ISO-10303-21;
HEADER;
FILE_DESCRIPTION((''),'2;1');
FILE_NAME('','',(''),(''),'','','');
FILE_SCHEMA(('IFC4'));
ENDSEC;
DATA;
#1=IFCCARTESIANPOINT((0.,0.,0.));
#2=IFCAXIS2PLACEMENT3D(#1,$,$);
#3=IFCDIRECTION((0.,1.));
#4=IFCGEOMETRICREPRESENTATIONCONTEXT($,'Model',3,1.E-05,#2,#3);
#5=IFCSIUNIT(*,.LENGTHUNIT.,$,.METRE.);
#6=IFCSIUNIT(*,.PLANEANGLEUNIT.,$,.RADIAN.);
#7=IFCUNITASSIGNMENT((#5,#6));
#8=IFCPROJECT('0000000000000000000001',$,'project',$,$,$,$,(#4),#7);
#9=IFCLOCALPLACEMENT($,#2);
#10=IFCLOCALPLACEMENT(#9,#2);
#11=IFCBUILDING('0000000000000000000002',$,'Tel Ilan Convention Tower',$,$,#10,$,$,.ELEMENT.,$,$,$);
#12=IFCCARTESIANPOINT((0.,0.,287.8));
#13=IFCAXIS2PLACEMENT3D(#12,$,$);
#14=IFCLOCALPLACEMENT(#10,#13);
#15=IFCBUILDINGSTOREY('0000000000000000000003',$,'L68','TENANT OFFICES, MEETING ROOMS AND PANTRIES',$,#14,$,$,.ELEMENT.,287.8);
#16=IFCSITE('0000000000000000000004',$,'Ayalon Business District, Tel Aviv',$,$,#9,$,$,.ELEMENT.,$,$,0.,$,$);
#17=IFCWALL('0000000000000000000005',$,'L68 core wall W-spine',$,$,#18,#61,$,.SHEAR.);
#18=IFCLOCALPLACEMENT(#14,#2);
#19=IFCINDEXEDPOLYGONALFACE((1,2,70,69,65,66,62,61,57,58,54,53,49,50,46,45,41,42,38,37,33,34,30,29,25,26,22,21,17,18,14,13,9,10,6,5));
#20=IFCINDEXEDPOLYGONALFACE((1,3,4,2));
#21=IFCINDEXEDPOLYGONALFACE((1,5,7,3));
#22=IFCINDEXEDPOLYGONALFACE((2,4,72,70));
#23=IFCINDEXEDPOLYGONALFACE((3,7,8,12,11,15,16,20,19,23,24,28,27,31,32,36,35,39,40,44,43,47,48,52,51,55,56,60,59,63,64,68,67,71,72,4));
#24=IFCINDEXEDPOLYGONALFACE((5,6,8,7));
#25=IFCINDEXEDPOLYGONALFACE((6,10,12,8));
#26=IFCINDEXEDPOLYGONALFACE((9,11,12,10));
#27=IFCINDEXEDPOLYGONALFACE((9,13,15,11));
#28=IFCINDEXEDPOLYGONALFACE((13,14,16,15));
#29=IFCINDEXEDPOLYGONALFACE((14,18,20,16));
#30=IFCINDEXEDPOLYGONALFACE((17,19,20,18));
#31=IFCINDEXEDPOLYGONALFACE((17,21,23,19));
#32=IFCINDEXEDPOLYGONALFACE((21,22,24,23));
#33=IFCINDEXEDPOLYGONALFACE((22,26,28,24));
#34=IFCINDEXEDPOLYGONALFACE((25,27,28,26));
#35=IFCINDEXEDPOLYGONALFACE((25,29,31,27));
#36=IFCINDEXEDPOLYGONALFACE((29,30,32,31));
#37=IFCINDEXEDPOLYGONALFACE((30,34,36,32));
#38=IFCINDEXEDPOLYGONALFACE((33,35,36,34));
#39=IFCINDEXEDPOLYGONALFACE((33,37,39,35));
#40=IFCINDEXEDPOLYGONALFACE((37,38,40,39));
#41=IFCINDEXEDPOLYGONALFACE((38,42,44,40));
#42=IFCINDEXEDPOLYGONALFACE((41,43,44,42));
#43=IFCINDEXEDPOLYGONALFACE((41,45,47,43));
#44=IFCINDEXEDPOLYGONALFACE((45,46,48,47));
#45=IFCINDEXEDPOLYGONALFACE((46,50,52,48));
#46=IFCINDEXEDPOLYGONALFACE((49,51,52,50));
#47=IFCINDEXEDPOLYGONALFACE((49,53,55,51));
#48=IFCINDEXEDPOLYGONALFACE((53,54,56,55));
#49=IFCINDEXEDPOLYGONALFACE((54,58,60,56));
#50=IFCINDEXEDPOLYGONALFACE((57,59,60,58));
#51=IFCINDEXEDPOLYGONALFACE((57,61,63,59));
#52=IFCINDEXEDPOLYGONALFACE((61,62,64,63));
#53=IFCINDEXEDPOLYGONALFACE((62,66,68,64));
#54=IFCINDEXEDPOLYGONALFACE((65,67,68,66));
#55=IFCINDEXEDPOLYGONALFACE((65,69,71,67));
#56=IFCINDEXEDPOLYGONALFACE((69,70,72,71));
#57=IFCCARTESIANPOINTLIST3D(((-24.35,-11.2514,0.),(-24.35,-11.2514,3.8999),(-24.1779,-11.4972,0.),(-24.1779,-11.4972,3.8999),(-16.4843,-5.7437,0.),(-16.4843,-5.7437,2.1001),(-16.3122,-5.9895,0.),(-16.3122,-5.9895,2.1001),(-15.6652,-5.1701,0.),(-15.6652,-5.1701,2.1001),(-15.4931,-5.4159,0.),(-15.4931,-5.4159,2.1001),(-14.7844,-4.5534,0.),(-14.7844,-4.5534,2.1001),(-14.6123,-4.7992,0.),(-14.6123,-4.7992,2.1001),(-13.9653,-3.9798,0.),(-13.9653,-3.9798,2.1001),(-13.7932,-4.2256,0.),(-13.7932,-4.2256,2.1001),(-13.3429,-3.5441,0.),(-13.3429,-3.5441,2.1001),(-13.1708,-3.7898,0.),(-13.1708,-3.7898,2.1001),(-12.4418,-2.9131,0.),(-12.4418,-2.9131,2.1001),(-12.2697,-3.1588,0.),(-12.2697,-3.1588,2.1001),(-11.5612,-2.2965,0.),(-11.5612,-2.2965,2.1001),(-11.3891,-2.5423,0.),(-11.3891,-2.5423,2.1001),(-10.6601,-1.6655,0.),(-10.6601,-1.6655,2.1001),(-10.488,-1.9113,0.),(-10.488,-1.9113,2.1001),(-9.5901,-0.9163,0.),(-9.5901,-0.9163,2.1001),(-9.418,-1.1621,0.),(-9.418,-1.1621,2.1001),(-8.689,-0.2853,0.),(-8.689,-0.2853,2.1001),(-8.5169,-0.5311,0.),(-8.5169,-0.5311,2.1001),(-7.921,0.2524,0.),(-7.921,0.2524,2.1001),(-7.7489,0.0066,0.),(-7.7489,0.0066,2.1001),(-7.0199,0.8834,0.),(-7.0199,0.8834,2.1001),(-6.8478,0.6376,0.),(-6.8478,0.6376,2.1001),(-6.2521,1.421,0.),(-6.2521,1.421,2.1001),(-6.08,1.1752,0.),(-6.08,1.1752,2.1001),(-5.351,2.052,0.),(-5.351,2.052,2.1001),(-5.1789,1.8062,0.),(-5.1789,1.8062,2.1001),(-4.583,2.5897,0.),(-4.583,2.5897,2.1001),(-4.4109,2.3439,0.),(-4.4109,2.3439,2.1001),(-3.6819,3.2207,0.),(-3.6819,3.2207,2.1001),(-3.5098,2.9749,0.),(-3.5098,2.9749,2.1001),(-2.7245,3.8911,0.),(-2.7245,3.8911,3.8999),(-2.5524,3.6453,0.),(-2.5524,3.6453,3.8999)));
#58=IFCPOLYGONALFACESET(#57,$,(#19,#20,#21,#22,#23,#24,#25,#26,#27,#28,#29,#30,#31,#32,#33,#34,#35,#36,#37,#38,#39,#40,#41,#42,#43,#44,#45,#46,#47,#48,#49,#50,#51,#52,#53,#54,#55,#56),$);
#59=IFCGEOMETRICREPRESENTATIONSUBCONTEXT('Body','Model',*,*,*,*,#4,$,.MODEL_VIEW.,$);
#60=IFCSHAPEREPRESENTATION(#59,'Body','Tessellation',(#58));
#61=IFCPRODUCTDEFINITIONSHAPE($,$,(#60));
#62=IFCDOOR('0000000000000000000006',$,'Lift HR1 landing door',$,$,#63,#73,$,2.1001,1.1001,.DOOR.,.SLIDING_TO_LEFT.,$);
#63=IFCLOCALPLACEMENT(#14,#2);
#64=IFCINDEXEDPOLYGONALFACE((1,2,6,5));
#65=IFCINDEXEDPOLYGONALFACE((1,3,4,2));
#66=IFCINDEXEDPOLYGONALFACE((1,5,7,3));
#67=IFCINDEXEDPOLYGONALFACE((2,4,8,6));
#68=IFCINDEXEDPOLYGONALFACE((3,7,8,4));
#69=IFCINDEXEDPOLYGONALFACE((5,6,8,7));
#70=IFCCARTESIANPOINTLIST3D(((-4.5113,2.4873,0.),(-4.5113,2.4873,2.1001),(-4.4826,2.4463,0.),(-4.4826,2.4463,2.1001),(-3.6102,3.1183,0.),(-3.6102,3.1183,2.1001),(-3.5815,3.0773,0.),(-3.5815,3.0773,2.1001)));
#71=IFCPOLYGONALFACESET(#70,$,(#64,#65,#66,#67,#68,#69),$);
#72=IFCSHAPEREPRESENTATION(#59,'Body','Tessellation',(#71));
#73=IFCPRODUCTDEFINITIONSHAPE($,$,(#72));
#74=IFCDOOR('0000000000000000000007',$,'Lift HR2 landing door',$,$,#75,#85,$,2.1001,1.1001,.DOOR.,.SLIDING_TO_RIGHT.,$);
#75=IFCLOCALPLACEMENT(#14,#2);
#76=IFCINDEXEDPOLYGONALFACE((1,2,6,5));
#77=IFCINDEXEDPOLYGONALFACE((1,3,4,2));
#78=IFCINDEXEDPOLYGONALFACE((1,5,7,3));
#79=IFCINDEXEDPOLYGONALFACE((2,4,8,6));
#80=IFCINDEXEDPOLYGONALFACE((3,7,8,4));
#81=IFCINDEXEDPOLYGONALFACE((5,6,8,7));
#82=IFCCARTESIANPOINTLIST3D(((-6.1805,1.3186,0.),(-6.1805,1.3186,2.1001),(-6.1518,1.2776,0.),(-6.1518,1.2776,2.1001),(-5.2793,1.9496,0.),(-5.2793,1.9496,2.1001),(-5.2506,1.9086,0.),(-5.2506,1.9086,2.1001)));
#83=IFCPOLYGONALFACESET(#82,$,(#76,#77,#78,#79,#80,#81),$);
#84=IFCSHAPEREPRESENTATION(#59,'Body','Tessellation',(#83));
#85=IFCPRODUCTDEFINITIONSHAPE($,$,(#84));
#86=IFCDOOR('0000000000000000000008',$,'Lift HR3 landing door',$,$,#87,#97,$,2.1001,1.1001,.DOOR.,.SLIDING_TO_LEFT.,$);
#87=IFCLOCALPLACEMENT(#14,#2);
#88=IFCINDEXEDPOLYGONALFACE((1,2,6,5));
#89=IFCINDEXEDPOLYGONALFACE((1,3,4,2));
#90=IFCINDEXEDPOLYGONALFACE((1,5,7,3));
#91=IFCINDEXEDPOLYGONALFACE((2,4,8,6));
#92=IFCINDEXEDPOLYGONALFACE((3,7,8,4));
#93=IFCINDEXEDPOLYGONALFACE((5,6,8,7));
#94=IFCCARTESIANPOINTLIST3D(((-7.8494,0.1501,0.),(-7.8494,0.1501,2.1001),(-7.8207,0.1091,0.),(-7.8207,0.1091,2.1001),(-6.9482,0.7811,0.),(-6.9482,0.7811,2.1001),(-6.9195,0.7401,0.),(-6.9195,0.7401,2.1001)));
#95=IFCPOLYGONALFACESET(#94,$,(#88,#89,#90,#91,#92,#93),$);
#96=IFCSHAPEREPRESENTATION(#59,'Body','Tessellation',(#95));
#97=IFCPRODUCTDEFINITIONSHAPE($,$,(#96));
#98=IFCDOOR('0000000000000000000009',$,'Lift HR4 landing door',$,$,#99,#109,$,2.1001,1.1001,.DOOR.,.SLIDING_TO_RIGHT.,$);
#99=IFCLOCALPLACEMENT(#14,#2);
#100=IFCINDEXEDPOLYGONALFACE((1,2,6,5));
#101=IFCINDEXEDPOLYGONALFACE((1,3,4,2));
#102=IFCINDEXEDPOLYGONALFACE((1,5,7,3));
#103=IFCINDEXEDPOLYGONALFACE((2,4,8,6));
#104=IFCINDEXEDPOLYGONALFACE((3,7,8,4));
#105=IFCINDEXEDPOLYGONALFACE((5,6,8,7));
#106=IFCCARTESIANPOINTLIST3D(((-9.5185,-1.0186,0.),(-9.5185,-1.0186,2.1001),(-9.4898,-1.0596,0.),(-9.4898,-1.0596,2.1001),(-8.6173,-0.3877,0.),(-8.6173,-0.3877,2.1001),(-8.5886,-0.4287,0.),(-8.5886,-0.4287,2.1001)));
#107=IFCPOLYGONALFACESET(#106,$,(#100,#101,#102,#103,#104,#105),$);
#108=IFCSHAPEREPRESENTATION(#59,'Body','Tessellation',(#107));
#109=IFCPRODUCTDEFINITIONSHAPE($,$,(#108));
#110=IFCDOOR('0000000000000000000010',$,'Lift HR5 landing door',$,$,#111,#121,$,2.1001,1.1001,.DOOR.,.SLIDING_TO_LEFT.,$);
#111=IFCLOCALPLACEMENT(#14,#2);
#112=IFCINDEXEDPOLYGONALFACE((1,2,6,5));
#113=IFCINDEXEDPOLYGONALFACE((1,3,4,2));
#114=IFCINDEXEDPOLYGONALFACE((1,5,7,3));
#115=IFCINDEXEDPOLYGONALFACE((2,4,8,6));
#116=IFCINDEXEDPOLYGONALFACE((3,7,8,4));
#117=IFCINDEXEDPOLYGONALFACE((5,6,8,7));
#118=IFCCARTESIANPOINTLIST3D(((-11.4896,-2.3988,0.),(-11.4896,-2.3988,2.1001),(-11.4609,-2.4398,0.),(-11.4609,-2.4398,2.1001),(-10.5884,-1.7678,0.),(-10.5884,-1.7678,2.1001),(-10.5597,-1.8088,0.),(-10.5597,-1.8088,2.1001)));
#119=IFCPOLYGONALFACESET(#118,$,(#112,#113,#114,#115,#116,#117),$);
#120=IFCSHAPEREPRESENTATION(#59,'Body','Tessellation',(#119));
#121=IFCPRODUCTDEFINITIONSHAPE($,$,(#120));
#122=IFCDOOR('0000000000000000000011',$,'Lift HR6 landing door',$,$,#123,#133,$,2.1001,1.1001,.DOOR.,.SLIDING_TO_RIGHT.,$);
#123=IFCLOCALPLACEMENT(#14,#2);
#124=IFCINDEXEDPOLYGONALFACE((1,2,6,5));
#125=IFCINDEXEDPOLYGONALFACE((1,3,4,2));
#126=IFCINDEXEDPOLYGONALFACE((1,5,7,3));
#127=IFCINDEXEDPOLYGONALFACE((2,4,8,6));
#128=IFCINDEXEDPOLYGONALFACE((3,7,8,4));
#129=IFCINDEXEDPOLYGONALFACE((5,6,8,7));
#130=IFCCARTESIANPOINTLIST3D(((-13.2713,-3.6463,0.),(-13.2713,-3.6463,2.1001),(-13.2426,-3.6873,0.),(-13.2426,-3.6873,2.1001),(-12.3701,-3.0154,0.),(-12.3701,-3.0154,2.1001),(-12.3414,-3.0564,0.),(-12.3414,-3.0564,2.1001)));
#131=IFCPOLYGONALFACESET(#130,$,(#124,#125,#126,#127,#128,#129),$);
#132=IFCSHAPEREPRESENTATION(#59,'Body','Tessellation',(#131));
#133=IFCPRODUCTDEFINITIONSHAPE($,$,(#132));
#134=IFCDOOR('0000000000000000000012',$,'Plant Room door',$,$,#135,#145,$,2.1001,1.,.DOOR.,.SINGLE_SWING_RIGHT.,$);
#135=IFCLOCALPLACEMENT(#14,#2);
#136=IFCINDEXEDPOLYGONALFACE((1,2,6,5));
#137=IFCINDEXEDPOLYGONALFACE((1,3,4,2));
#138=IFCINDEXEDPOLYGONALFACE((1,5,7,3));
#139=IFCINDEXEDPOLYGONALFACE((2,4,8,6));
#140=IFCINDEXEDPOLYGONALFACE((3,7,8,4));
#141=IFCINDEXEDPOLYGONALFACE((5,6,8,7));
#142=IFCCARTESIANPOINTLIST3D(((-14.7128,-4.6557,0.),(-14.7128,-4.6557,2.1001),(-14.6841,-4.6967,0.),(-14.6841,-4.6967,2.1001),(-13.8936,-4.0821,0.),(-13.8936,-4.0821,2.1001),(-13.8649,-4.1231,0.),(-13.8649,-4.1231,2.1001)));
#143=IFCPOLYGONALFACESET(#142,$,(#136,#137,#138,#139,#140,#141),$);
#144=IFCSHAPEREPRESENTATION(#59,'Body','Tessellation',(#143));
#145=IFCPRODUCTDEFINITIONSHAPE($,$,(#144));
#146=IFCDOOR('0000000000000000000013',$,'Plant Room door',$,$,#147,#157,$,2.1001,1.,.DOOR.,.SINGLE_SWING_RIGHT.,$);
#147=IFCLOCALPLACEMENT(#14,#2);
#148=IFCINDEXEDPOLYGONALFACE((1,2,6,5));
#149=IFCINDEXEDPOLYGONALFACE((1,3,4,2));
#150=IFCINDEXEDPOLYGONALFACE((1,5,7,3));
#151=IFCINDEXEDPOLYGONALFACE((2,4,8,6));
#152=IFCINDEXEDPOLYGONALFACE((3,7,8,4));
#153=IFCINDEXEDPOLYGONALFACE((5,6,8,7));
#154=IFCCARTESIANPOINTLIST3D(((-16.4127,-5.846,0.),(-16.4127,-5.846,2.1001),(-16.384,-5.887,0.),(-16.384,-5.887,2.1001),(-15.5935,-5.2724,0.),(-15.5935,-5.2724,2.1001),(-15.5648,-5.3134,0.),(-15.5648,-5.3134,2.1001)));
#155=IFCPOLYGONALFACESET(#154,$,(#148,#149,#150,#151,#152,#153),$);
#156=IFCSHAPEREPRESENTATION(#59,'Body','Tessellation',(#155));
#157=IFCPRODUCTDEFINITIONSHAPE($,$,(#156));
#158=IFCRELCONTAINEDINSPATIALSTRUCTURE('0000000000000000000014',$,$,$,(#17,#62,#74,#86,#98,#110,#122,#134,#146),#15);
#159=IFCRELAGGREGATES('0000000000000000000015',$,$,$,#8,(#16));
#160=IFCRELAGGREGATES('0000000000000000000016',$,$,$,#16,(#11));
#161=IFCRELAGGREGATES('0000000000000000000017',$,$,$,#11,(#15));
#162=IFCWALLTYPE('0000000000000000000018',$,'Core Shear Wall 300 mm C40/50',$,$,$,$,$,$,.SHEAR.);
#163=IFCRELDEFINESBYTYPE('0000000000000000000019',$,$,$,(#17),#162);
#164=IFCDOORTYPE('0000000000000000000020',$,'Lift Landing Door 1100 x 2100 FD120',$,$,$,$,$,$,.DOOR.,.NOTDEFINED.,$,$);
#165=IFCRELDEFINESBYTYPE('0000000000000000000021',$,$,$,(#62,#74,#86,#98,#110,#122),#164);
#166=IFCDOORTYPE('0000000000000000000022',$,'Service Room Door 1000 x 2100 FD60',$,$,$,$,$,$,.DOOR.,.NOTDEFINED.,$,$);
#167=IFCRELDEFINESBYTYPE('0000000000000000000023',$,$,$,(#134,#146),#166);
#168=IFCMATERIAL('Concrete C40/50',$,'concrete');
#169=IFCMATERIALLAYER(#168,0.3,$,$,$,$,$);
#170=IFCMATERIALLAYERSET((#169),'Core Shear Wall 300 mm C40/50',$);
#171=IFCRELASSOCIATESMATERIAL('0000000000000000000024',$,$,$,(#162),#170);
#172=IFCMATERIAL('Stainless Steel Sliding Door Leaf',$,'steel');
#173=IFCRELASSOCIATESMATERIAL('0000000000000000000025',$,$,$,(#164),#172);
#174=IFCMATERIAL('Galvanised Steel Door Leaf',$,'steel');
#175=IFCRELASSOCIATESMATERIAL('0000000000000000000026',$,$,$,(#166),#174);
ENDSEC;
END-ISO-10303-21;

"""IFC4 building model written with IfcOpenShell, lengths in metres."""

from ifc_helpers import new_model, si_unit, direction, frame, frame_2d, origin, place, context, subcontext, project, spatial, polyline, rectangle, outline, extrude, material, layer, layer_set, type_object, element, fill, save


model = new_model("IFC4")

# Units and contexts
model_context = context("Model", 3, precision=1e-05, world=origin(), true_north=direction((0.0, 1.0)))
body_context = subcontext(model_context, "Body", "Model", "MODEL_VIEW")
ifc_project = project(units=[si_unit("LENGTHUNIT", "METRE"), si_unit("PLANEANGLEUNIT", "RADIAN")], contexts=[model_context])

# Site, building, storey
site_placement = place(None, origin())
site = spatial("IfcSite", under=ifc_project, at=site_placement, Name="Ayalon Business District, Tel Aviv", CompositionType="ELEMENT", RefElevation=0.0)
building_placement = place(site_placement, origin())
building = spatial("IfcBuilding", under=site, at=building_placement, Name="Tel Ilan Convention Tower", CompositionType="ELEMENT")
storey_placement = place(building_placement, frame((0.0, 0.0, 287.8)))
storey = spatial("IfcBuildingStorey", under=building, at=storey_placement, Name="L68", Description="TENANT OFFICES, MEETING ROOMS AND PANTRIES", CompositionType="ELEMENT", Elevation=287.8)

# Wall, openings, doors
ifc_material_1 = material(Name="Concrete C40/50", Category="concrete")
ifc_layer_1 = layer(ifc_material_1, 0.3)
ifc_layer_set_1 = layer_set([ifc_layer_1], Name="Core Shear Wall 300 mm C40/50")
wall_type_1 = type_object("IfcWallType", Name="Core Shear Wall 300 mm C40/50", PredefinedType="SHEAR", material=ifc_layer_set_1)
wall_1_placement = place(storey_placement, frame((-2.6384, 3.7681, 0.0), z_axis=(0.0, 0.0, 1.0), x_axis=(-0.819155, -0.573572, 0.0)))
wall_1 = element("IfcWall", 1, at=wall_1_placement, inside=storey, type_object=wall_type_1, Name="L68 core wall W-spine", PredefinedType="SHEAR", context=body_context, shape_type="SweptSolid", body=[
    extrude(outline(polyline([(26.3999, 0.1501), (0.0, 0.1499), (0.0, -0.1501), (26.3999, -0.1499), (26.3999, 0.1501)])), origin(), (0.0, 0.0, 1.0), 3.8999),
])
opening_1_placement = place(wall_1_placement, frame((1.1687, 0.0, 0.0)))
opening_1 = element("IfcOpeningElement", 2, at=opening_1_placement, cuts=wall_1, PredefinedType="OPENING", context=body_context, shape_type="SweptSolid", body=[
    extrude(rectangle(XDim=1.1001, YDim=2.1001, at=frame_2d((0.55, 1.05))), frame((0.0, 0.1599, 0.0), z_axis=(0.0, -1.0, 0.0), x_axis=(1.0, 0.0, 0.0)), (0.0, 0.0, 1.0), 0.3201),
])
opening_2_placement = place(wall_1_placement, frame((3.2063, 0.0, 0.0)))
opening_2 = element("IfcOpeningElement", 3, at=opening_2_placement, cuts=wall_1, PredefinedType="OPENING", context=body_context, shape_type="SweptSolid", body=[
    extrude(rectangle(XDim=1.1001, YDim=2.1001, at=frame_2d((0.55, 1.05))), frame((0.0, 0.1599, 0.0), z_axis=(0.0, -1.0, 0.0), x_axis=(1.0, 0.0, 0.0)), (0.0, 0.0, 1.0), 0.3201),
])
opening_3_placement = place(wall_1_placement, frame((5.2437, 0.0, 0.0)))
opening_3 = element("IfcOpeningElement", 4, at=opening_3_placement, cuts=wall_1, PredefinedType="OPENING", context=body_context, shape_type="SweptSolid", body=[
    extrude(rectangle(XDim=1.1001, YDim=2.1001, at=frame_2d((0.55, 1.05))), frame((0.0, 0.1599, 0.0), z_axis=(0.0, -1.0, 0.0), x_axis=(1.0, 0.0, 0.0)), (0.0, 0.0, 1.0), 0.3201),
])
opening_4_placement = place(wall_1_placement, frame((7.2812, 0.0, 0.0)))
opening_4 = element("IfcOpeningElement", 5, at=opening_4_placement, cuts=wall_1, PredefinedType="OPENING", context=body_context, shape_type="SweptSolid", body=[
    extrude(rectangle(XDim=1.1001, YDim=2.1001, at=frame_2d((0.55, 1.05))), frame((0.0, 0.1599, 0.0), z_axis=(0.0, -1.0, 0.0), x_axis=(1.0, 0.0, 0.0)), (0.0, 0.0, 1.0), 0.3201),
])
opening_5_placement = place(wall_1_placement, frame((9.6875, 0.0, 0.0)))
opening_5 = element("IfcOpeningElement", 6, at=opening_5_placement, cuts=wall_1, PredefinedType="OPENING", context=body_context, shape_type="SweptSolid", body=[
    extrude(rectangle(XDim=1.1001, YDim=2.1001, at=frame_2d((0.55, 1.05))), frame((0.0, 0.1599, 0.0), z_axis=(0.0, -1.0, 0.0), x_axis=(1.0, 0.0, 0.0)), (0.0, 0.0, 1.0), 0.3201),
])
opening_6_placement = place(wall_1_placement, frame((11.8625, 0.0, 0.0)))
opening_6 = element("IfcOpeningElement", 7, at=opening_6_placement, cuts=wall_1, PredefinedType="OPENING", context=body_context, shape_type="SweptSolid", body=[
    extrude(rectangle(XDim=1.1001, YDim=2.1001, at=frame_2d((0.55, 1.05))), frame((0.0, 0.1599, 0.0), z_axis=(0.0, -1.0, 0.0), x_axis=(1.0, 0.0, 0.0)), (0.0, 0.0, 1.0), 0.3201),
])
opening_7_placement = place(wall_1_placement, frame((13.7224, 0.0, 0.0)))
opening_7 = element("IfcOpeningElement", 8, at=opening_7_placement, cuts=wall_1, PredefinedType="OPENING", context=body_context, shape_type="SweptSolid", body=[
    extrude(rectangle(XDim=1.0, YDim=2.1001, at=frame_2d((0.5, 1.05))), frame((0.0, 0.1599, 0.0), z_axis=(0.0, -1.0, 0.0), x_axis=(1.0, 0.0, 0.0)), (0.0, 0.0, 1.0), 0.3201),
])
opening_8_placement = place(wall_1_placement, frame((15.7976, 0.0, 0.0)))
opening_8 = element("IfcOpeningElement", 9, at=opening_8_placement, cuts=wall_1, PredefinedType="OPENING", context=body_context, shape_type="SweptSolid", body=[
    extrude(rectangle(XDim=1.0, YDim=2.1001, at=frame_2d((0.5, 1.05))), frame((0.0, 0.1599, 0.0), z_axis=(0.0, -1.0, 0.0), x_axis=(1.0, 0.0, 0.0)), (0.0, 0.0, 1.0), 0.3201),
])
ifc_material_2 = material(Name="Stainless Steel Sliding Door Leaf", Category="steel")
door_type_1 = type_object("IfcDoorType", Name="Lift Landing Door 1100 x 2100 FD120", OperationType="NOTDEFINED", PredefinedType="DOOR", material=ifc_material_2)
door_1_placement = place(opening_1_placement, origin())
door_1 = element("IfcDoor", 10, at=door_1_placement, inside=storey, type_object=door_type_1, Name="Lift HR1 landing door", OperationType="SLIDING_TO_LEFT", OverallHeight=2.1001, OverallWidth=1.1001, PredefinedType="DOOR", context=body_context, shape_type="SweptSolid", body=[
    extrude(rectangle(XDim=1.1001, YDim=2.1001, at=frame_2d((0.55, 1.05))), frame((0.0, 0.0249, 0.0), z_axis=(0.0, -1.0, 0.0), x_axis=(1.0, 0.0, 0.0)), (0.0, 0.0, 1.0), 0.05),
])
fill(opening_1, door_1)
door_2_placement = place(opening_2_placement, origin())
door_2 = element("IfcDoor", 11, at=door_2_placement, inside=storey, type_object=door_type_1, Name="Lift HR2 landing door", OperationType="SLIDING_TO_RIGHT", OverallHeight=2.1001, OverallWidth=1.1001, PredefinedType="DOOR", context=body_context, shape_type="SweptSolid", body=[
    extrude(rectangle(XDim=1.1001, YDim=2.1001, at=frame_2d((0.55, 1.05))), frame((0.0, 0.0249, 0.0), z_axis=(0.0, -1.0, 0.0), x_axis=(1.0, 0.0, 0.0)), (0.0, 0.0, 1.0), 0.05),
])
fill(opening_2, door_2)
door_3_placement = place(opening_3_placement, origin())
door_3 = element("IfcDoor", 12, at=door_3_placement, inside=storey, type_object=door_type_1, Name="Lift HR3 landing door", OperationType="SLIDING_TO_LEFT", OverallHeight=2.1001, OverallWidth=1.1001, PredefinedType="DOOR", context=body_context, shape_type="SweptSolid", body=[
    extrude(rectangle(XDim=1.1001, YDim=2.1001, at=frame_2d((0.55, 1.05))), frame((0.0, 0.0249, 0.0), z_axis=(0.0, -1.0, 0.0), x_axis=(1.0, 0.0, 0.0)), (0.0, 0.0, 1.0), 0.05),
])
fill(opening_3, door_3)
door_4_placement = place(opening_4_placement, origin())
door_4 = element("IfcDoor", 13, at=door_4_placement, inside=storey, type_object=door_type_1, Name="Lift HR4 landing door", OperationType="SLIDING_TO_RIGHT", OverallHeight=2.1001, OverallWidth=1.1001, PredefinedType="DOOR", context=body_context, shape_type="SweptSolid", body=[
    extrude(rectangle(XDim=1.1001, YDim=2.1001, at=frame_2d((0.55, 1.05))), frame((0.0, 0.0249, 0.0), z_axis=(0.0, -1.0, 0.0), x_axis=(1.0, 0.0, 0.0)), (0.0, 0.0, 1.0), 0.05),
])
fill(opening_4, door_4)
door_5_placement = place(opening_5_placement, origin())
door_5 = element("IfcDoor", 14, at=door_5_placement, inside=storey, type_object=door_type_1, Name="Lift HR5 landing door", OperationType="SLIDING_TO_LEFT", OverallHeight=2.1001, OverallWidth=1.1001, PredefinedType="DOOR", context=body_context, shape_type="SweptSolid", body=[
    extrude(rectangle(XDim=1.1001, YDim=2.1001, at=frame_2d((0.55, 1.05))), frame((0.0, 0.0249, 0.0), z_axis=(0.0, -1.0, 0.0), x_axis=(1.0, 0.0, 0.0)), (0.0, 0.0, 1.0), 0.05),
])
fill(opening_5, door_5)
door_6_placement = place(opening_6_placement, origin())
door_6 = element("IfcDoor", 15, at=door_6_placement, inside=storey, type_object=door_type_1, Name="Lift HR6 landing door", OperationType="SLIDING_TO_RIGHT", OverallHeight=2.1001, OverallWidth=1.1001, PredefinedType="DOOR", context=body_context, shape_type="SweptSolid", body=[
    extrude(rectangle(XDim=1.1001, YDim=2.1001, at=frame_2d((0.55, 1.05))), frame((0.0, 0.0249, 0.0), z_axis=(0.0, -1.0, 0.0), x_axis=(1.0, 0.0, 0.0)), (0.0, 0.0, 1.0), 0.05),
])
fill(opening_6, door_6)
ifc_material_3 = material(Name="Galvanised Steel Door Leaf", Category="steel")
door_type_2 = type_object("IfcDoorType", Name="Service Room Door 1000 x 2100 FD60", OperationType="NOTDEFINED", PredefinedType="DOOR", material=ifc_material_3)
door_7_placement = place(opening_7_placement, origin())
door_7 = element("IfcDoor", 16, at=door_7_placement, inside=storey, type_object=door_type_2, Name="Plant Room door", OperationType="SINGLE_SWING_RIGHT", OverallHeight=2.1001, OverallWidth=1.0, PredefinedType="DOOR", context=body_context, shape_type="SweptSolid", body=[
    extrude(rectangle(XDim=1.0, YDim=2.1001, at=frame_2d((0.5, 1.05))), frame((0.0, 0.0249, 0.0), z_axis=(0.0, -1.0, 0.0), x_axis=(1.0, 0.0, 0.0)), (0.0, 0.0, 1.0), 0.05),
])
fill(opening_7, door_7)
door_8_placement = place(opening_8_placement, origin())
door_8 = element("IfcDoor", 17, at=door_8_placement, inside=storey, type_object=door_type_2, Name="Plant Room door", OperationType="SINGLE_SWING_RIGHT", OverallHeight=2.1001, OverallWidth=1.0, PredefinedType="DOOR", context=body_context, shape_type="SweptSolid", body=[
    extrude(rectangle(XDim=1.0, YDim=2.1001, at=frame_2d((0.5, 1.05))), frame((0.0, 0.0249, 0.0), z_axis=(0.0, -1.0, 0.0), x_axis=(1.0, 0.0, 0.0)), (0.0, 0.0, 1.0), 0.05),
])
fill(opening_8, door_8)

save(model, "model.ifc")
